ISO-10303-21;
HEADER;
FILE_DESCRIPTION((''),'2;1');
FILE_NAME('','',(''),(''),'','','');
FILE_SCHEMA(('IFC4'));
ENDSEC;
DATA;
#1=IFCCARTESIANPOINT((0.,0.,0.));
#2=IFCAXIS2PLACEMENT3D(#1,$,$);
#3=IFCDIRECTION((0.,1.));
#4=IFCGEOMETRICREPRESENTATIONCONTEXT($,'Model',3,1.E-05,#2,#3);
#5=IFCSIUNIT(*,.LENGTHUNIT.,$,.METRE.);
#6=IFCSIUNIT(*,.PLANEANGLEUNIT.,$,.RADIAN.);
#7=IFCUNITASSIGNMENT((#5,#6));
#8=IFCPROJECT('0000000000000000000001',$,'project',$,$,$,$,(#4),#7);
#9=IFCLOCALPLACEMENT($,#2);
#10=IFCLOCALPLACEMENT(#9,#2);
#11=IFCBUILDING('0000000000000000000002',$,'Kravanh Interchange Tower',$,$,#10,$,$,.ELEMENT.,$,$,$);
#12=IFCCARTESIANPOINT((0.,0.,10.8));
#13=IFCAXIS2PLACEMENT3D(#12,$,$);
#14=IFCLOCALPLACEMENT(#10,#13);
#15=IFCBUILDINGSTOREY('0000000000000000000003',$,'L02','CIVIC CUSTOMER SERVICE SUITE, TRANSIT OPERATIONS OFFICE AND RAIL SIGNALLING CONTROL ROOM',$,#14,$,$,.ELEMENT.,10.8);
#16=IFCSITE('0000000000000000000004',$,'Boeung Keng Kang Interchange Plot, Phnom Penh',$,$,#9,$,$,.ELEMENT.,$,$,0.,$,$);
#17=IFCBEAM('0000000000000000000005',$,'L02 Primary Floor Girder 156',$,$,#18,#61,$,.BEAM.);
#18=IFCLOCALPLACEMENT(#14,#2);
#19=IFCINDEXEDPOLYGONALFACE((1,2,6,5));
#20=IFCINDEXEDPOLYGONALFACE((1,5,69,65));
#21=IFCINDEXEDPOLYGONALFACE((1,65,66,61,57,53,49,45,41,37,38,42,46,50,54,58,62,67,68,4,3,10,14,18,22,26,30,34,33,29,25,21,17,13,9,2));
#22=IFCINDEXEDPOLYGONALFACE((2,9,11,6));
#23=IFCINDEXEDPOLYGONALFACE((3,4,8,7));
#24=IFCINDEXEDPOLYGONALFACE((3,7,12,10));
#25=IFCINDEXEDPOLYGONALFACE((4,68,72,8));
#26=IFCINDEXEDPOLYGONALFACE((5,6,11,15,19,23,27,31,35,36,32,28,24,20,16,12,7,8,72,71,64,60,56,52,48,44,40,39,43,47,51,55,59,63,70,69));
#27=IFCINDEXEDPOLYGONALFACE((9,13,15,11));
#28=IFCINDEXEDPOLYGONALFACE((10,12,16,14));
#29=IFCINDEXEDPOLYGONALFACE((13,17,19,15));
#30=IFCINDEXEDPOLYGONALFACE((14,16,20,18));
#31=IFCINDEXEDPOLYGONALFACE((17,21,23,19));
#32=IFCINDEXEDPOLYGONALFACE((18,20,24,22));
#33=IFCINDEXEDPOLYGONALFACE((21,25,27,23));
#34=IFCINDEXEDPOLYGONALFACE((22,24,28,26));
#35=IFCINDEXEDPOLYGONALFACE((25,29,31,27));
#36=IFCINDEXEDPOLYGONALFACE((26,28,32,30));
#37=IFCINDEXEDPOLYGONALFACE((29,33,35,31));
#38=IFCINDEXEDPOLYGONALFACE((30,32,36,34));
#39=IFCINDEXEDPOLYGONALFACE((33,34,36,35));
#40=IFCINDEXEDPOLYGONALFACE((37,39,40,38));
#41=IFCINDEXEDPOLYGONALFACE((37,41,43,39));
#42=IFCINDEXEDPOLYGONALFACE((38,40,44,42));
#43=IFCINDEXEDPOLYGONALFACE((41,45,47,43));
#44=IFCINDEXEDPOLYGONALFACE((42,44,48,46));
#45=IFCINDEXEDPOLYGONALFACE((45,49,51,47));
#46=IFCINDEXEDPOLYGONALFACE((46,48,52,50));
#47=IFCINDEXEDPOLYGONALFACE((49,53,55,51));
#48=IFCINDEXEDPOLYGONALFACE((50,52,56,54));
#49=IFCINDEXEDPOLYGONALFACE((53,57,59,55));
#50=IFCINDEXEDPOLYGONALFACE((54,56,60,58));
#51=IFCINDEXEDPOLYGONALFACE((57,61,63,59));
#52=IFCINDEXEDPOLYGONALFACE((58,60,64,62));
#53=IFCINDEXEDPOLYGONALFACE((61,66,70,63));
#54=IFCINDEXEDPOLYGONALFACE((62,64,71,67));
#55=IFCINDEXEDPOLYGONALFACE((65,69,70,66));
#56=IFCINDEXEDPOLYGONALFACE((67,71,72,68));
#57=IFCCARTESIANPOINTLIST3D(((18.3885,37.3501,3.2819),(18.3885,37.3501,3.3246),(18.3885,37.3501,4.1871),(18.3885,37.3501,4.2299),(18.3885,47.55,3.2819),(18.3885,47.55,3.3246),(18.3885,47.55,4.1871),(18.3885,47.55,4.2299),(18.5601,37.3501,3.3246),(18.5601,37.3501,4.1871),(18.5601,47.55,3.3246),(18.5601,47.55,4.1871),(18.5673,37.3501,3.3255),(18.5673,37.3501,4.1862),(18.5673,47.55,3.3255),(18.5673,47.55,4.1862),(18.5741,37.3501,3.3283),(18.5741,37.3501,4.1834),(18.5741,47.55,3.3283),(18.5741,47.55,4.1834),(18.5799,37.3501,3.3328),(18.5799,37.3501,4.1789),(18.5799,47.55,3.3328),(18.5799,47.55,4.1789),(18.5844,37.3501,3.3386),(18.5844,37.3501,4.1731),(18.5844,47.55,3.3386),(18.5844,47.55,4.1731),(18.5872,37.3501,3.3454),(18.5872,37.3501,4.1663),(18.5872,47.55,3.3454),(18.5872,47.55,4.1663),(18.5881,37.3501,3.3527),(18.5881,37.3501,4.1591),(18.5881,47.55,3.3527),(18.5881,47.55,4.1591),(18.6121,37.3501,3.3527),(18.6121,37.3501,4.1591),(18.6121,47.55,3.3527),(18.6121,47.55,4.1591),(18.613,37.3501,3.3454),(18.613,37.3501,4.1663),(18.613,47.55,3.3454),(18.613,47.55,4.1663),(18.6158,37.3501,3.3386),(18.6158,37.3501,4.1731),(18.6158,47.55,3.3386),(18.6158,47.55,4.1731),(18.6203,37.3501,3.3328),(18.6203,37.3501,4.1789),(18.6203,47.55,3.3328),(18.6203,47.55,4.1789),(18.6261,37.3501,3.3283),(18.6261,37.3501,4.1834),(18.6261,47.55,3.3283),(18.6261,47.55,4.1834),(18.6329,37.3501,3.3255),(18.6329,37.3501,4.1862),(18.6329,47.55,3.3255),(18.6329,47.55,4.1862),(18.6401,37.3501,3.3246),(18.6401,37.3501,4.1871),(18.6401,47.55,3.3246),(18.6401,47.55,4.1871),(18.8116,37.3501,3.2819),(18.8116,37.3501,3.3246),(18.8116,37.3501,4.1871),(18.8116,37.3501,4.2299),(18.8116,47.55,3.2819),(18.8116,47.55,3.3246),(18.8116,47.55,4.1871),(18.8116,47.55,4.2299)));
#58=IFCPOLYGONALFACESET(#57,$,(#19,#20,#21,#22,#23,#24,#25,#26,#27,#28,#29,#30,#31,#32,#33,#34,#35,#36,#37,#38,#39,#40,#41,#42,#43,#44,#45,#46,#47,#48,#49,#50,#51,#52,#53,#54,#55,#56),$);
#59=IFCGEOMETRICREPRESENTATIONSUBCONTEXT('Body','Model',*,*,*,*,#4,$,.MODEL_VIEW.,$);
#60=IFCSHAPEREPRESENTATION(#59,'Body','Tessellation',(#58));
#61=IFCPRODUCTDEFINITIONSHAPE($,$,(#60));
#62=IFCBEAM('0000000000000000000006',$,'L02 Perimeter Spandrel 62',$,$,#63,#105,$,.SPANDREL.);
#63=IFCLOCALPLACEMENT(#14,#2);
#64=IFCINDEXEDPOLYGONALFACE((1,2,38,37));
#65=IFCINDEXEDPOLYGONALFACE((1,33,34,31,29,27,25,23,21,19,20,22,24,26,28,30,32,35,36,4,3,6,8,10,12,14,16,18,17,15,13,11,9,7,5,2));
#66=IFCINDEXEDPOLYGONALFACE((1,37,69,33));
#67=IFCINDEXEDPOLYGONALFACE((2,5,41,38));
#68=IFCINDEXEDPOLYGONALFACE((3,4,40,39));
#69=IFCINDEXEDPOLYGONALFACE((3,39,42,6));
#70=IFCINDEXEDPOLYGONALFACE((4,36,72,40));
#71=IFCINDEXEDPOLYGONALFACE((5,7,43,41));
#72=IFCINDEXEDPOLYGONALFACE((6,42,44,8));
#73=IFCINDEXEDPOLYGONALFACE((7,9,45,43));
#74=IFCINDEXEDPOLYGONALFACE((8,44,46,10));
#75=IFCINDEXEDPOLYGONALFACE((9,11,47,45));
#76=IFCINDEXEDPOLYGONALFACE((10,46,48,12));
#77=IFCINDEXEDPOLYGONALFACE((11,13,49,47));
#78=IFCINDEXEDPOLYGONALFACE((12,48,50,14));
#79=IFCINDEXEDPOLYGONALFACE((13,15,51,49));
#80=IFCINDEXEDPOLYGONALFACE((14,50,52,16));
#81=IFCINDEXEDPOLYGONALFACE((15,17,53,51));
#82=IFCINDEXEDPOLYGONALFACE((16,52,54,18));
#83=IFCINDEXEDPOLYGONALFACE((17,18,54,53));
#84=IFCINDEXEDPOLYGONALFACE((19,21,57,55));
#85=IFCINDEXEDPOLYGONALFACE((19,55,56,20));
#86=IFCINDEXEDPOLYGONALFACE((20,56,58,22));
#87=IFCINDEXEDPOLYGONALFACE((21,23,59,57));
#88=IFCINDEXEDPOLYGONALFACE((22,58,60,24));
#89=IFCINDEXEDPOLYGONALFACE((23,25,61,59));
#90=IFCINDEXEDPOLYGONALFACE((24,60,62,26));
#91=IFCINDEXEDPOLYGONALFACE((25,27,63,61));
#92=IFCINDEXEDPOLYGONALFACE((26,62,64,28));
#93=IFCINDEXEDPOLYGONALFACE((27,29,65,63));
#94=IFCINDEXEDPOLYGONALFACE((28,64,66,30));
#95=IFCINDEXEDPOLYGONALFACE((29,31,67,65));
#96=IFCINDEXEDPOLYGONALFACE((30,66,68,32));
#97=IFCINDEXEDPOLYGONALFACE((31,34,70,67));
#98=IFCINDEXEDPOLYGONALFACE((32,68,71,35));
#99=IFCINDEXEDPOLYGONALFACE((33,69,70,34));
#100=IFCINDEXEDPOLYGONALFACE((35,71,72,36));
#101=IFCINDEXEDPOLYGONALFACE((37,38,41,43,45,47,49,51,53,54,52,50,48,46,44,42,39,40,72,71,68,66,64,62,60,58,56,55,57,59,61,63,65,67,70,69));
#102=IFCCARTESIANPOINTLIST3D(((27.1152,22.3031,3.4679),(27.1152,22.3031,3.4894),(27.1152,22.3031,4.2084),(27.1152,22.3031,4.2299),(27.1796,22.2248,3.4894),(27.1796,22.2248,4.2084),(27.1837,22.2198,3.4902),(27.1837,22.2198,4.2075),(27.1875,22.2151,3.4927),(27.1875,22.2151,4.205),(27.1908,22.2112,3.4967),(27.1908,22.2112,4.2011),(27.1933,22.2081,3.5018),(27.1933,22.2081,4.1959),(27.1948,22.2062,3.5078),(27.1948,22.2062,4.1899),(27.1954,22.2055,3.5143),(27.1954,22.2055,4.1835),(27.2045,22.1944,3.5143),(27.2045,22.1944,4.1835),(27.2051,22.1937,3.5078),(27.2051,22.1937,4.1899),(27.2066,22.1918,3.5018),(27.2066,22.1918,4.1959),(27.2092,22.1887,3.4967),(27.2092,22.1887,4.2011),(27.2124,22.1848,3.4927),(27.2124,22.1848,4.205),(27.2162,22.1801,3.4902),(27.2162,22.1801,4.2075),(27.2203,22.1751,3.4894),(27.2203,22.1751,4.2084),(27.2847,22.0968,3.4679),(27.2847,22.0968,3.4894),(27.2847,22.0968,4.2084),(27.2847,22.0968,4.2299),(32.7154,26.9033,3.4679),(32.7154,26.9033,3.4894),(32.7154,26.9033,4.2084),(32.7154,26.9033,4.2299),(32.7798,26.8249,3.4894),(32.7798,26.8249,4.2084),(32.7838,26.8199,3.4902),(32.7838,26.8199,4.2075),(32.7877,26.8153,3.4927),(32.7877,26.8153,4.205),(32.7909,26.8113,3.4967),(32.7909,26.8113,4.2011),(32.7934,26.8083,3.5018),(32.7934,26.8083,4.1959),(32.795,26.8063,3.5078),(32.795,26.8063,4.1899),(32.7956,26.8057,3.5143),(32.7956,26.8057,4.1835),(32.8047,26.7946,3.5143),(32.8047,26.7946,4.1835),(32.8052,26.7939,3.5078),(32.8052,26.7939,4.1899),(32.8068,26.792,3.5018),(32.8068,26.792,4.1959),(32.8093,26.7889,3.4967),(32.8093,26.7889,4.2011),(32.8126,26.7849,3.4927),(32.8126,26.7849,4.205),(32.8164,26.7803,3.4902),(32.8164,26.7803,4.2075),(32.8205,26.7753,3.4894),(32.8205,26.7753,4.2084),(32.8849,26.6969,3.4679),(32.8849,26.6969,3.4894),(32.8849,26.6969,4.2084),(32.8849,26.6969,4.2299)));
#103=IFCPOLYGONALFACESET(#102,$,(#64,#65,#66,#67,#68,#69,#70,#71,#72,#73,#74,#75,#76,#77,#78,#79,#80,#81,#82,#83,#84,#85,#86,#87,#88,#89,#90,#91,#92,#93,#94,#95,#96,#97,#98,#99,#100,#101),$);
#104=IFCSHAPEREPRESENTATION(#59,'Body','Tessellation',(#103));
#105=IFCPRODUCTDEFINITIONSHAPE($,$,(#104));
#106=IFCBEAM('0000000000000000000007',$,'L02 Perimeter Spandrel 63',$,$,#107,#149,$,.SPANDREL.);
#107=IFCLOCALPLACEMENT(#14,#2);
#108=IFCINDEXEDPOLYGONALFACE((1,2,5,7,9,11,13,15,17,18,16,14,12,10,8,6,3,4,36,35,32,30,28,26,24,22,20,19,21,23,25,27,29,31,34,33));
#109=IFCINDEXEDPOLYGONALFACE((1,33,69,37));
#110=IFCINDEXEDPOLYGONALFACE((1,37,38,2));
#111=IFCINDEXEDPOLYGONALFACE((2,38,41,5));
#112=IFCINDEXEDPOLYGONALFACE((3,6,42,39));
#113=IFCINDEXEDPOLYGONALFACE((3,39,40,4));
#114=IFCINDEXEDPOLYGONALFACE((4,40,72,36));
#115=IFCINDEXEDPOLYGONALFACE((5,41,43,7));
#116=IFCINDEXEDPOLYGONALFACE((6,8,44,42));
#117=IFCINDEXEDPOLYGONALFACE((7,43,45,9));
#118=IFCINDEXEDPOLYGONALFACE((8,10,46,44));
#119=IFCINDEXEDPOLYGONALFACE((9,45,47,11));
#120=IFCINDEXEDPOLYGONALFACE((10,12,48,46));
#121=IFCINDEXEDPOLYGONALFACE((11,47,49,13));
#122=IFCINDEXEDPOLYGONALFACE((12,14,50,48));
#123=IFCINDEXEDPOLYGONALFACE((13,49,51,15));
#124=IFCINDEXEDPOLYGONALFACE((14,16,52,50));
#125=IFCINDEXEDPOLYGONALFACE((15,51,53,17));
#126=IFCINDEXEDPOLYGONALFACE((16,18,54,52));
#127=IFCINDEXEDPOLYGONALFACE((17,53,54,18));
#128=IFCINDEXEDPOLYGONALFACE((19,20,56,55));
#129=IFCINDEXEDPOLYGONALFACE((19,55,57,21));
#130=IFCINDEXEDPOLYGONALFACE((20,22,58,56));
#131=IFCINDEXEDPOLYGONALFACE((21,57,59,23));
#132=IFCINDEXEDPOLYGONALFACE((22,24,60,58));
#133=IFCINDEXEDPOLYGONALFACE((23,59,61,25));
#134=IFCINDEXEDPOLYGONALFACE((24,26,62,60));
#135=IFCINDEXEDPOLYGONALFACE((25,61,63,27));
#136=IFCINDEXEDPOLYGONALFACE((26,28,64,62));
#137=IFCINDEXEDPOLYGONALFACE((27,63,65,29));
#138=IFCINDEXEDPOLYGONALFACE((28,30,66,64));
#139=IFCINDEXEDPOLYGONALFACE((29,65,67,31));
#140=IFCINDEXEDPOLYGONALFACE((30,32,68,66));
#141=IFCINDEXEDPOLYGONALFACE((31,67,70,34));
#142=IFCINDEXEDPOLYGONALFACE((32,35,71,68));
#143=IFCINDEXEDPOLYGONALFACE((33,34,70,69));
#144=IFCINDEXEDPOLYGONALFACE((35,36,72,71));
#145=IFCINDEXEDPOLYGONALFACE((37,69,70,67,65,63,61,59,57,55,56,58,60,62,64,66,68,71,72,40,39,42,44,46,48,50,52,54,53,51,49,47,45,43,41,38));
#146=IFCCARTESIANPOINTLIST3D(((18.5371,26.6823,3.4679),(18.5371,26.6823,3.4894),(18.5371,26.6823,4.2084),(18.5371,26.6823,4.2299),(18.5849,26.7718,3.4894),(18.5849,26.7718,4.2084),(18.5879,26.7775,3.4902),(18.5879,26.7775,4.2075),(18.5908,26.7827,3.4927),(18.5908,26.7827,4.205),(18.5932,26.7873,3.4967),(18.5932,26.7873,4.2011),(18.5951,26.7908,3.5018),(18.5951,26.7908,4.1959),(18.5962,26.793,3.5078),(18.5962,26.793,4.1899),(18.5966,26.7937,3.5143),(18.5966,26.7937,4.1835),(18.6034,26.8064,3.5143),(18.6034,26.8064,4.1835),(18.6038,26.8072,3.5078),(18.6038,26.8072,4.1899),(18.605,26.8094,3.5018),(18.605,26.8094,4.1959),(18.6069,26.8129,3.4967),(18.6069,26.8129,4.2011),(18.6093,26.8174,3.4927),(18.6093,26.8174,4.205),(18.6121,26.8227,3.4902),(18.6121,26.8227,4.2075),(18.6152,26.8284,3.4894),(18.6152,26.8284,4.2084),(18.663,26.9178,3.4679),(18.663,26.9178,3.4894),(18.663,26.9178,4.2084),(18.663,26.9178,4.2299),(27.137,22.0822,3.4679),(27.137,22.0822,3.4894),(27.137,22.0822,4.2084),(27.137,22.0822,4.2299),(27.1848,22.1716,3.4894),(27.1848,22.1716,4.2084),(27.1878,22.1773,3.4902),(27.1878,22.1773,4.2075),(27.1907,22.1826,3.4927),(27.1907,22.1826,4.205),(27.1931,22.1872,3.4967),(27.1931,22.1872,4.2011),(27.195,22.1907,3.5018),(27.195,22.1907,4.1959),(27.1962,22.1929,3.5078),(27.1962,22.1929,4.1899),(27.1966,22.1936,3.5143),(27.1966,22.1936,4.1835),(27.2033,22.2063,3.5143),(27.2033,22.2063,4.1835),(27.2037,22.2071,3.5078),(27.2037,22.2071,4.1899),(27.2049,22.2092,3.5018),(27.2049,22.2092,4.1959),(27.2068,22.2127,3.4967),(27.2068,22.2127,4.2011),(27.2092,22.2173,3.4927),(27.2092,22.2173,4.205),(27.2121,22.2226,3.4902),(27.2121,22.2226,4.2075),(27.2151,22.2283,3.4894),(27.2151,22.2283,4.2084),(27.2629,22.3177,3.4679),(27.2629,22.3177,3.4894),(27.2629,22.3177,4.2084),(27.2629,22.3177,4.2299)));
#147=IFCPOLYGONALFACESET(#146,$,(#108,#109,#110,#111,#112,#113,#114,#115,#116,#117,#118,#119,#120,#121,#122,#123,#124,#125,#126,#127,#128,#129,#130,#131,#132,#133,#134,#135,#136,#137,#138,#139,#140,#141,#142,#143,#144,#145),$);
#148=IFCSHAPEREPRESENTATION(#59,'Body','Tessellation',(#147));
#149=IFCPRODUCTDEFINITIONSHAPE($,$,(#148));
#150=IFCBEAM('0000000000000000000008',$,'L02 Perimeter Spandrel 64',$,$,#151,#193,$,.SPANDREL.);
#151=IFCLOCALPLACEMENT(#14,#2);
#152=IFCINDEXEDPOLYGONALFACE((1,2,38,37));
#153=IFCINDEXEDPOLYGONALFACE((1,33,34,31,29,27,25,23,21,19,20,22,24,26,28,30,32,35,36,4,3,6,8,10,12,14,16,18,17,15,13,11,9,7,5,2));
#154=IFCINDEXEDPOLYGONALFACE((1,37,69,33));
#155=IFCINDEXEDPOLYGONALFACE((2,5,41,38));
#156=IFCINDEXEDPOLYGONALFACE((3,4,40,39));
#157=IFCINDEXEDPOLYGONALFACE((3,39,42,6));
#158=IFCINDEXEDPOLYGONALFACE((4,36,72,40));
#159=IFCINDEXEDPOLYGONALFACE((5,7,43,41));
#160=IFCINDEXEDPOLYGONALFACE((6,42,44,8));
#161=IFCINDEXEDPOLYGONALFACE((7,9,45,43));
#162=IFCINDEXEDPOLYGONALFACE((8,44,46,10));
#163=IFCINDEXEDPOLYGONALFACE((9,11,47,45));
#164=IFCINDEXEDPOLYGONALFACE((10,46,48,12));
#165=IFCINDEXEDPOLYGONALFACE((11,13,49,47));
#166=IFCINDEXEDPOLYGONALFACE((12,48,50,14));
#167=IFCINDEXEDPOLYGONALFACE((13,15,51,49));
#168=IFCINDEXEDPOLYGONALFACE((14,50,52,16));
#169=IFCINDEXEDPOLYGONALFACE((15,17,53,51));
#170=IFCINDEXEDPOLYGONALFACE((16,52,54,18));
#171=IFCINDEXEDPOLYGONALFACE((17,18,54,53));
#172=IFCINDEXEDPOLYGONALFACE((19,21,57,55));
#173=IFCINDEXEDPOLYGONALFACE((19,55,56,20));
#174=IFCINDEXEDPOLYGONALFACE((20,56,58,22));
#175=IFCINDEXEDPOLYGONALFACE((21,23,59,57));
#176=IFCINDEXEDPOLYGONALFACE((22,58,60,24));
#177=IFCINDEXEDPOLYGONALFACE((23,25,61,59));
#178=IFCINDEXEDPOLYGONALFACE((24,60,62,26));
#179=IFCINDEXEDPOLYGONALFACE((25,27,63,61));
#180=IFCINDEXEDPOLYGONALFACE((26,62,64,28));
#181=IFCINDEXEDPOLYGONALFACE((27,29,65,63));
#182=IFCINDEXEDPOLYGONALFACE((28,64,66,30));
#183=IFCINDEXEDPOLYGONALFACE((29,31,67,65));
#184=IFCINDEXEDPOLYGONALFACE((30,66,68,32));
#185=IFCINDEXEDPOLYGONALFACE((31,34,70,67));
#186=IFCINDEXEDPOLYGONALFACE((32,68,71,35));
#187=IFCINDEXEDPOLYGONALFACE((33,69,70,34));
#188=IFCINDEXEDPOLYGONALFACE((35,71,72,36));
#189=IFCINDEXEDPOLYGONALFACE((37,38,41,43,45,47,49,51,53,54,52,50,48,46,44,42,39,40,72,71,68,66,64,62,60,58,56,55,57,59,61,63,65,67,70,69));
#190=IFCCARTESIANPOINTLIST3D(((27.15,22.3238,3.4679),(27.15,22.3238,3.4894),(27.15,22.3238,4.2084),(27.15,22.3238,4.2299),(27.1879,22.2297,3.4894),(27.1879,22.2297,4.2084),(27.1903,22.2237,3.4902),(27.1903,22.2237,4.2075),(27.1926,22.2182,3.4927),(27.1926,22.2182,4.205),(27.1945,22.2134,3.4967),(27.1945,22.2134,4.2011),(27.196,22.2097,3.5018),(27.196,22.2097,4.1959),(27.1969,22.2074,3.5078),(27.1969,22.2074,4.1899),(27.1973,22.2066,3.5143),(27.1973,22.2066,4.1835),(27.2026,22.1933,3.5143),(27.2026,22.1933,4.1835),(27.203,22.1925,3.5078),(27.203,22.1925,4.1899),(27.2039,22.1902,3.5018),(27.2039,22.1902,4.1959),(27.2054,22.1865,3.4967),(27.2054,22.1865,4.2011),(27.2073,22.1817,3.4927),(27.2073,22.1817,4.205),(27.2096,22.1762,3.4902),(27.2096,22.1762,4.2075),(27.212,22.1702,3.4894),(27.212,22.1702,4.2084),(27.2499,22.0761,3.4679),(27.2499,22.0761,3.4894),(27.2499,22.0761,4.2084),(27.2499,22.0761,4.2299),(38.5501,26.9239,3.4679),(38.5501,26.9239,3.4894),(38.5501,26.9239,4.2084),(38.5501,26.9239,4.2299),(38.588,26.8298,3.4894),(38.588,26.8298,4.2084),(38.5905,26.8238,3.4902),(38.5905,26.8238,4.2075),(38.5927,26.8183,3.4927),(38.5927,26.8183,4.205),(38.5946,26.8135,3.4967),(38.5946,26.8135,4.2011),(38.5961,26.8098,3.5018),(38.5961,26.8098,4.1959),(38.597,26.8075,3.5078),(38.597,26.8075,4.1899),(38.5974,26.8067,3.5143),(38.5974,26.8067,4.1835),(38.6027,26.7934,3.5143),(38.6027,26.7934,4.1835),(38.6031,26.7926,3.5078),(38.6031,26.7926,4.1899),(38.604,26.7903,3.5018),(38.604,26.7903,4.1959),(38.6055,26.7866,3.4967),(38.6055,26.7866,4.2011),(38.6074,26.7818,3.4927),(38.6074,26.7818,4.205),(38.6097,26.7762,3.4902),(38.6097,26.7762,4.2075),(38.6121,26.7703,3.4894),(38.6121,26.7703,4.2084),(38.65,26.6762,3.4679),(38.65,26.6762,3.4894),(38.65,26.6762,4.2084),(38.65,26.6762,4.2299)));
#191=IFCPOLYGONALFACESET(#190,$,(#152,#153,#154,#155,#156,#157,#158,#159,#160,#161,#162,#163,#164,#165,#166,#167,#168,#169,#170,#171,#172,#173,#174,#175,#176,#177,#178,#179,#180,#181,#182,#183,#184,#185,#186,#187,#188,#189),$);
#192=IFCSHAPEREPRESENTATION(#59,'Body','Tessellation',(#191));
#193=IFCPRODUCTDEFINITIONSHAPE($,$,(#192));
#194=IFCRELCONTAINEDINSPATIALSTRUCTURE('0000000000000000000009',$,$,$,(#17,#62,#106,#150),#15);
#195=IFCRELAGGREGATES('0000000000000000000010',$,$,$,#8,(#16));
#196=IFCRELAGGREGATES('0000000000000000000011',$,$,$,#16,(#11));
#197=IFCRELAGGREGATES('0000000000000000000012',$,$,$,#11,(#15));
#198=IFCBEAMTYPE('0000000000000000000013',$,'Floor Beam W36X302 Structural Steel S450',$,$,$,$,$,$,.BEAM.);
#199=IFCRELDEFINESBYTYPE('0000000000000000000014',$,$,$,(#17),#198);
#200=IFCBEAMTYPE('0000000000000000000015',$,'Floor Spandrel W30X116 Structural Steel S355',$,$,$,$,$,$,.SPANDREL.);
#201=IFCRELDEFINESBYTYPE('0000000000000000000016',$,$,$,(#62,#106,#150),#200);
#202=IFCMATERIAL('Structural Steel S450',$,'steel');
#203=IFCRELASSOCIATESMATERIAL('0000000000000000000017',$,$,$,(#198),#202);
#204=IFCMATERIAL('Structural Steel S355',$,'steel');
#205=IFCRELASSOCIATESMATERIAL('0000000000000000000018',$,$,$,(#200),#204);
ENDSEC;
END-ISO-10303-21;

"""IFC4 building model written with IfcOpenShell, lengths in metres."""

from ifc_helpers import new_model, si_unit, direction, frame, origin, origin_2d, place, context, subcontext, project, spatial, i_section, extrude, material, material_profile, profile_set, type_object, element, save


model = new_model("IFC4")

# Units and contexts
model_context = context("Model", 3, precision=1e-05, world=origin(), true_north=direction((0.0, 1.0)))
body_context = subcontext(model_context, "Body", "Model", "MODEL_VIEW")
ifc_project = project(units=[si_unit("LENGTHUNIT", "METRE"), si_unit("PLANEANGLEUNIT", "RADIAN")], contexts=[model_context])

# Site, building, storey
site_placement = place(None, origin())
site = spatial("IfcSite", under=ifc_project, at=site_placement, Name="Boeung Keng Kang Interchange Plot, Phnom Penh", CompositionType="ELEMENT", RefElevation=0.0)
building_placement = place(site_placement, origin())
building = spatial("IfcBuilding", under=site, at=building_placement, Name="Kravanh Interchange Tower", CompositionType="ELEMENT")
storey_placement = place(building_placement, frame((0.0, 0.0, 10.8)))
storey = spatial("IfcBuildingStorey", under=building, at=storey_placement, Name="L02", Description="CIVIC CUSTOMER SERVICE SUITE, TRANSIT OPERATIONS OFFICE AND RAIL SIGNALLING CONTROL ROOM", CompositionType="ELEMENT", Elevation=10.8)

# Beams
ifc_material_1 = material(Name="Structural Steel S450", Category="steel")
ifc_material_profile_1 = material_profile(ifc_material_1, i_section(OverallWidth=0.4231, OverallDepth=0.948, WebThickness=0.0239, FlangeThickness=0.0427, FilletRadius=0.0281, at=origin_2d()), Name="W36X302")
ifc_profile_set_1 = profile_set([ifc_material_profile_1], Name="Structural Steel S450")
beam_type_1 = type_object("IfcBeamType", Name="Floor Beam W36X302 Structural Steel S450", PredefinedType="BEAM", material=ifc_profile_set_1)
beam_1_placement = place(storey_placement, frame((18.6001, 37.3501, 3.7559), z_axis=(0.0, 1.0, 0.0), x_axis=(-1.0, 0.0, 0.0)))
element("IfcBeam", 1, at=beam_1_placement, inside=storey, type_object=beam_type_1, Name="L02 Primary Floor Girder 156", PredefinedType="BEAM", context=body_context, shape_type="SweptSolid", body=[
    extrude(i_section(OverallWidth=0.4231, OverallDepth=0.948, WebThickness=0.0239, FlangeThickness=0.0427, FilletRadius=0.0281, at=origin_2d()), origin(), (0.0, 0.0, 1.0), 10.2),
])
ifc_material_2 = material(Name="Structural Steel S355", Category="steel")
ifc_material_profile_2 = material_profile(ifc_material_2, i_section(OverallWidth=0.2671, OverallDepth=0.762, WebThickness=0.0144, FlangeThickness=0.0215, FilletRadius=0.0249, at=origin_2d()), Name="W30X116")
ifc_profile_set_2 = profile_set([ifc_material_profile_2], Name="Structural Steel S355")
beam_type_2 = type_object("IfcBeamType", Name="Floor Spandrel W30X116 Structural Steel S355", PredefinedType="SPANDREL", material=ifc_profile_set_2)
beam_2_placement = place(storey_placement, frame((27.2, 22.2, 3.8489), z_axis=(0.772725, 0.634741, 0.0), x_axis=(-0.634741, 0.772725, 0.0)))
element("IfcBeam", 2, at=beam_2_placement, inside=storey, type_object=beam_type_2, Name="L02 Perimeter Spandrel 62", PredefinedType="SPANDREL", context=body_context, shape_type="SweptSolid", body=[
    extrude(i_section(OverallWidth=0.2671, OverallDepth=0.762, WebThickness=0.0144, FlangeThickness=0.0215, FilletRadius=0.0249, at=origin_2d()), origin(), (0.0, 0.0, 1.0), 7.2473),
])
beam_3_placement = place(storey_placement, frame((27.2, 22.2, 3.8489), z_axis=(-0.881777, 0.471666, 0.0), x_axis=(-0.471666, -0.881777, 0.0)))
element("IfcBeam", 3, at=beam_3_placement, inside=storey, type_object=beam_type_2, Name="L02 Perimeter Spandrel 63", PredefinedType="SPANDREL", context=body_context, shape_type="SweptSolid", body=[
    extrude(i_section(OverallWidth=0.2671, OverallDepth=0.762, WebThickness=0.0144, FlangeThickness=0.0215, FilletRadius=0.0249, at=origin_2d()), origin(), (0.0, 0.0, 1.0), 9.7529),
])
beam_4_placement = place(storey_placement, frame((27.2, 22.2, 3.8489), z_axis=(0.927349, 0.374197, 0.0), x_axis=(-0.374197, 0.927349, 0.0)))
element("IfcBeam", 4, at=beam_4_placement, inside=storey, type_object=beam_type_2, Name="L02 Perimeter Spandrel 64", PredefinedType="SPANDREL", context=body_context, shape_type="SweptSolid", body=[
    extrude(i_section(OverallWidth=0.2671, OverallDepth=0.762, WebThickness=0.0144, FlangeThickness=0.0215, FilletRadius=0.0249, at=origin_2d()), origin(), (0.0, 0.0, 1.0), 12.2932),
])

save(model, "model.ifc")
